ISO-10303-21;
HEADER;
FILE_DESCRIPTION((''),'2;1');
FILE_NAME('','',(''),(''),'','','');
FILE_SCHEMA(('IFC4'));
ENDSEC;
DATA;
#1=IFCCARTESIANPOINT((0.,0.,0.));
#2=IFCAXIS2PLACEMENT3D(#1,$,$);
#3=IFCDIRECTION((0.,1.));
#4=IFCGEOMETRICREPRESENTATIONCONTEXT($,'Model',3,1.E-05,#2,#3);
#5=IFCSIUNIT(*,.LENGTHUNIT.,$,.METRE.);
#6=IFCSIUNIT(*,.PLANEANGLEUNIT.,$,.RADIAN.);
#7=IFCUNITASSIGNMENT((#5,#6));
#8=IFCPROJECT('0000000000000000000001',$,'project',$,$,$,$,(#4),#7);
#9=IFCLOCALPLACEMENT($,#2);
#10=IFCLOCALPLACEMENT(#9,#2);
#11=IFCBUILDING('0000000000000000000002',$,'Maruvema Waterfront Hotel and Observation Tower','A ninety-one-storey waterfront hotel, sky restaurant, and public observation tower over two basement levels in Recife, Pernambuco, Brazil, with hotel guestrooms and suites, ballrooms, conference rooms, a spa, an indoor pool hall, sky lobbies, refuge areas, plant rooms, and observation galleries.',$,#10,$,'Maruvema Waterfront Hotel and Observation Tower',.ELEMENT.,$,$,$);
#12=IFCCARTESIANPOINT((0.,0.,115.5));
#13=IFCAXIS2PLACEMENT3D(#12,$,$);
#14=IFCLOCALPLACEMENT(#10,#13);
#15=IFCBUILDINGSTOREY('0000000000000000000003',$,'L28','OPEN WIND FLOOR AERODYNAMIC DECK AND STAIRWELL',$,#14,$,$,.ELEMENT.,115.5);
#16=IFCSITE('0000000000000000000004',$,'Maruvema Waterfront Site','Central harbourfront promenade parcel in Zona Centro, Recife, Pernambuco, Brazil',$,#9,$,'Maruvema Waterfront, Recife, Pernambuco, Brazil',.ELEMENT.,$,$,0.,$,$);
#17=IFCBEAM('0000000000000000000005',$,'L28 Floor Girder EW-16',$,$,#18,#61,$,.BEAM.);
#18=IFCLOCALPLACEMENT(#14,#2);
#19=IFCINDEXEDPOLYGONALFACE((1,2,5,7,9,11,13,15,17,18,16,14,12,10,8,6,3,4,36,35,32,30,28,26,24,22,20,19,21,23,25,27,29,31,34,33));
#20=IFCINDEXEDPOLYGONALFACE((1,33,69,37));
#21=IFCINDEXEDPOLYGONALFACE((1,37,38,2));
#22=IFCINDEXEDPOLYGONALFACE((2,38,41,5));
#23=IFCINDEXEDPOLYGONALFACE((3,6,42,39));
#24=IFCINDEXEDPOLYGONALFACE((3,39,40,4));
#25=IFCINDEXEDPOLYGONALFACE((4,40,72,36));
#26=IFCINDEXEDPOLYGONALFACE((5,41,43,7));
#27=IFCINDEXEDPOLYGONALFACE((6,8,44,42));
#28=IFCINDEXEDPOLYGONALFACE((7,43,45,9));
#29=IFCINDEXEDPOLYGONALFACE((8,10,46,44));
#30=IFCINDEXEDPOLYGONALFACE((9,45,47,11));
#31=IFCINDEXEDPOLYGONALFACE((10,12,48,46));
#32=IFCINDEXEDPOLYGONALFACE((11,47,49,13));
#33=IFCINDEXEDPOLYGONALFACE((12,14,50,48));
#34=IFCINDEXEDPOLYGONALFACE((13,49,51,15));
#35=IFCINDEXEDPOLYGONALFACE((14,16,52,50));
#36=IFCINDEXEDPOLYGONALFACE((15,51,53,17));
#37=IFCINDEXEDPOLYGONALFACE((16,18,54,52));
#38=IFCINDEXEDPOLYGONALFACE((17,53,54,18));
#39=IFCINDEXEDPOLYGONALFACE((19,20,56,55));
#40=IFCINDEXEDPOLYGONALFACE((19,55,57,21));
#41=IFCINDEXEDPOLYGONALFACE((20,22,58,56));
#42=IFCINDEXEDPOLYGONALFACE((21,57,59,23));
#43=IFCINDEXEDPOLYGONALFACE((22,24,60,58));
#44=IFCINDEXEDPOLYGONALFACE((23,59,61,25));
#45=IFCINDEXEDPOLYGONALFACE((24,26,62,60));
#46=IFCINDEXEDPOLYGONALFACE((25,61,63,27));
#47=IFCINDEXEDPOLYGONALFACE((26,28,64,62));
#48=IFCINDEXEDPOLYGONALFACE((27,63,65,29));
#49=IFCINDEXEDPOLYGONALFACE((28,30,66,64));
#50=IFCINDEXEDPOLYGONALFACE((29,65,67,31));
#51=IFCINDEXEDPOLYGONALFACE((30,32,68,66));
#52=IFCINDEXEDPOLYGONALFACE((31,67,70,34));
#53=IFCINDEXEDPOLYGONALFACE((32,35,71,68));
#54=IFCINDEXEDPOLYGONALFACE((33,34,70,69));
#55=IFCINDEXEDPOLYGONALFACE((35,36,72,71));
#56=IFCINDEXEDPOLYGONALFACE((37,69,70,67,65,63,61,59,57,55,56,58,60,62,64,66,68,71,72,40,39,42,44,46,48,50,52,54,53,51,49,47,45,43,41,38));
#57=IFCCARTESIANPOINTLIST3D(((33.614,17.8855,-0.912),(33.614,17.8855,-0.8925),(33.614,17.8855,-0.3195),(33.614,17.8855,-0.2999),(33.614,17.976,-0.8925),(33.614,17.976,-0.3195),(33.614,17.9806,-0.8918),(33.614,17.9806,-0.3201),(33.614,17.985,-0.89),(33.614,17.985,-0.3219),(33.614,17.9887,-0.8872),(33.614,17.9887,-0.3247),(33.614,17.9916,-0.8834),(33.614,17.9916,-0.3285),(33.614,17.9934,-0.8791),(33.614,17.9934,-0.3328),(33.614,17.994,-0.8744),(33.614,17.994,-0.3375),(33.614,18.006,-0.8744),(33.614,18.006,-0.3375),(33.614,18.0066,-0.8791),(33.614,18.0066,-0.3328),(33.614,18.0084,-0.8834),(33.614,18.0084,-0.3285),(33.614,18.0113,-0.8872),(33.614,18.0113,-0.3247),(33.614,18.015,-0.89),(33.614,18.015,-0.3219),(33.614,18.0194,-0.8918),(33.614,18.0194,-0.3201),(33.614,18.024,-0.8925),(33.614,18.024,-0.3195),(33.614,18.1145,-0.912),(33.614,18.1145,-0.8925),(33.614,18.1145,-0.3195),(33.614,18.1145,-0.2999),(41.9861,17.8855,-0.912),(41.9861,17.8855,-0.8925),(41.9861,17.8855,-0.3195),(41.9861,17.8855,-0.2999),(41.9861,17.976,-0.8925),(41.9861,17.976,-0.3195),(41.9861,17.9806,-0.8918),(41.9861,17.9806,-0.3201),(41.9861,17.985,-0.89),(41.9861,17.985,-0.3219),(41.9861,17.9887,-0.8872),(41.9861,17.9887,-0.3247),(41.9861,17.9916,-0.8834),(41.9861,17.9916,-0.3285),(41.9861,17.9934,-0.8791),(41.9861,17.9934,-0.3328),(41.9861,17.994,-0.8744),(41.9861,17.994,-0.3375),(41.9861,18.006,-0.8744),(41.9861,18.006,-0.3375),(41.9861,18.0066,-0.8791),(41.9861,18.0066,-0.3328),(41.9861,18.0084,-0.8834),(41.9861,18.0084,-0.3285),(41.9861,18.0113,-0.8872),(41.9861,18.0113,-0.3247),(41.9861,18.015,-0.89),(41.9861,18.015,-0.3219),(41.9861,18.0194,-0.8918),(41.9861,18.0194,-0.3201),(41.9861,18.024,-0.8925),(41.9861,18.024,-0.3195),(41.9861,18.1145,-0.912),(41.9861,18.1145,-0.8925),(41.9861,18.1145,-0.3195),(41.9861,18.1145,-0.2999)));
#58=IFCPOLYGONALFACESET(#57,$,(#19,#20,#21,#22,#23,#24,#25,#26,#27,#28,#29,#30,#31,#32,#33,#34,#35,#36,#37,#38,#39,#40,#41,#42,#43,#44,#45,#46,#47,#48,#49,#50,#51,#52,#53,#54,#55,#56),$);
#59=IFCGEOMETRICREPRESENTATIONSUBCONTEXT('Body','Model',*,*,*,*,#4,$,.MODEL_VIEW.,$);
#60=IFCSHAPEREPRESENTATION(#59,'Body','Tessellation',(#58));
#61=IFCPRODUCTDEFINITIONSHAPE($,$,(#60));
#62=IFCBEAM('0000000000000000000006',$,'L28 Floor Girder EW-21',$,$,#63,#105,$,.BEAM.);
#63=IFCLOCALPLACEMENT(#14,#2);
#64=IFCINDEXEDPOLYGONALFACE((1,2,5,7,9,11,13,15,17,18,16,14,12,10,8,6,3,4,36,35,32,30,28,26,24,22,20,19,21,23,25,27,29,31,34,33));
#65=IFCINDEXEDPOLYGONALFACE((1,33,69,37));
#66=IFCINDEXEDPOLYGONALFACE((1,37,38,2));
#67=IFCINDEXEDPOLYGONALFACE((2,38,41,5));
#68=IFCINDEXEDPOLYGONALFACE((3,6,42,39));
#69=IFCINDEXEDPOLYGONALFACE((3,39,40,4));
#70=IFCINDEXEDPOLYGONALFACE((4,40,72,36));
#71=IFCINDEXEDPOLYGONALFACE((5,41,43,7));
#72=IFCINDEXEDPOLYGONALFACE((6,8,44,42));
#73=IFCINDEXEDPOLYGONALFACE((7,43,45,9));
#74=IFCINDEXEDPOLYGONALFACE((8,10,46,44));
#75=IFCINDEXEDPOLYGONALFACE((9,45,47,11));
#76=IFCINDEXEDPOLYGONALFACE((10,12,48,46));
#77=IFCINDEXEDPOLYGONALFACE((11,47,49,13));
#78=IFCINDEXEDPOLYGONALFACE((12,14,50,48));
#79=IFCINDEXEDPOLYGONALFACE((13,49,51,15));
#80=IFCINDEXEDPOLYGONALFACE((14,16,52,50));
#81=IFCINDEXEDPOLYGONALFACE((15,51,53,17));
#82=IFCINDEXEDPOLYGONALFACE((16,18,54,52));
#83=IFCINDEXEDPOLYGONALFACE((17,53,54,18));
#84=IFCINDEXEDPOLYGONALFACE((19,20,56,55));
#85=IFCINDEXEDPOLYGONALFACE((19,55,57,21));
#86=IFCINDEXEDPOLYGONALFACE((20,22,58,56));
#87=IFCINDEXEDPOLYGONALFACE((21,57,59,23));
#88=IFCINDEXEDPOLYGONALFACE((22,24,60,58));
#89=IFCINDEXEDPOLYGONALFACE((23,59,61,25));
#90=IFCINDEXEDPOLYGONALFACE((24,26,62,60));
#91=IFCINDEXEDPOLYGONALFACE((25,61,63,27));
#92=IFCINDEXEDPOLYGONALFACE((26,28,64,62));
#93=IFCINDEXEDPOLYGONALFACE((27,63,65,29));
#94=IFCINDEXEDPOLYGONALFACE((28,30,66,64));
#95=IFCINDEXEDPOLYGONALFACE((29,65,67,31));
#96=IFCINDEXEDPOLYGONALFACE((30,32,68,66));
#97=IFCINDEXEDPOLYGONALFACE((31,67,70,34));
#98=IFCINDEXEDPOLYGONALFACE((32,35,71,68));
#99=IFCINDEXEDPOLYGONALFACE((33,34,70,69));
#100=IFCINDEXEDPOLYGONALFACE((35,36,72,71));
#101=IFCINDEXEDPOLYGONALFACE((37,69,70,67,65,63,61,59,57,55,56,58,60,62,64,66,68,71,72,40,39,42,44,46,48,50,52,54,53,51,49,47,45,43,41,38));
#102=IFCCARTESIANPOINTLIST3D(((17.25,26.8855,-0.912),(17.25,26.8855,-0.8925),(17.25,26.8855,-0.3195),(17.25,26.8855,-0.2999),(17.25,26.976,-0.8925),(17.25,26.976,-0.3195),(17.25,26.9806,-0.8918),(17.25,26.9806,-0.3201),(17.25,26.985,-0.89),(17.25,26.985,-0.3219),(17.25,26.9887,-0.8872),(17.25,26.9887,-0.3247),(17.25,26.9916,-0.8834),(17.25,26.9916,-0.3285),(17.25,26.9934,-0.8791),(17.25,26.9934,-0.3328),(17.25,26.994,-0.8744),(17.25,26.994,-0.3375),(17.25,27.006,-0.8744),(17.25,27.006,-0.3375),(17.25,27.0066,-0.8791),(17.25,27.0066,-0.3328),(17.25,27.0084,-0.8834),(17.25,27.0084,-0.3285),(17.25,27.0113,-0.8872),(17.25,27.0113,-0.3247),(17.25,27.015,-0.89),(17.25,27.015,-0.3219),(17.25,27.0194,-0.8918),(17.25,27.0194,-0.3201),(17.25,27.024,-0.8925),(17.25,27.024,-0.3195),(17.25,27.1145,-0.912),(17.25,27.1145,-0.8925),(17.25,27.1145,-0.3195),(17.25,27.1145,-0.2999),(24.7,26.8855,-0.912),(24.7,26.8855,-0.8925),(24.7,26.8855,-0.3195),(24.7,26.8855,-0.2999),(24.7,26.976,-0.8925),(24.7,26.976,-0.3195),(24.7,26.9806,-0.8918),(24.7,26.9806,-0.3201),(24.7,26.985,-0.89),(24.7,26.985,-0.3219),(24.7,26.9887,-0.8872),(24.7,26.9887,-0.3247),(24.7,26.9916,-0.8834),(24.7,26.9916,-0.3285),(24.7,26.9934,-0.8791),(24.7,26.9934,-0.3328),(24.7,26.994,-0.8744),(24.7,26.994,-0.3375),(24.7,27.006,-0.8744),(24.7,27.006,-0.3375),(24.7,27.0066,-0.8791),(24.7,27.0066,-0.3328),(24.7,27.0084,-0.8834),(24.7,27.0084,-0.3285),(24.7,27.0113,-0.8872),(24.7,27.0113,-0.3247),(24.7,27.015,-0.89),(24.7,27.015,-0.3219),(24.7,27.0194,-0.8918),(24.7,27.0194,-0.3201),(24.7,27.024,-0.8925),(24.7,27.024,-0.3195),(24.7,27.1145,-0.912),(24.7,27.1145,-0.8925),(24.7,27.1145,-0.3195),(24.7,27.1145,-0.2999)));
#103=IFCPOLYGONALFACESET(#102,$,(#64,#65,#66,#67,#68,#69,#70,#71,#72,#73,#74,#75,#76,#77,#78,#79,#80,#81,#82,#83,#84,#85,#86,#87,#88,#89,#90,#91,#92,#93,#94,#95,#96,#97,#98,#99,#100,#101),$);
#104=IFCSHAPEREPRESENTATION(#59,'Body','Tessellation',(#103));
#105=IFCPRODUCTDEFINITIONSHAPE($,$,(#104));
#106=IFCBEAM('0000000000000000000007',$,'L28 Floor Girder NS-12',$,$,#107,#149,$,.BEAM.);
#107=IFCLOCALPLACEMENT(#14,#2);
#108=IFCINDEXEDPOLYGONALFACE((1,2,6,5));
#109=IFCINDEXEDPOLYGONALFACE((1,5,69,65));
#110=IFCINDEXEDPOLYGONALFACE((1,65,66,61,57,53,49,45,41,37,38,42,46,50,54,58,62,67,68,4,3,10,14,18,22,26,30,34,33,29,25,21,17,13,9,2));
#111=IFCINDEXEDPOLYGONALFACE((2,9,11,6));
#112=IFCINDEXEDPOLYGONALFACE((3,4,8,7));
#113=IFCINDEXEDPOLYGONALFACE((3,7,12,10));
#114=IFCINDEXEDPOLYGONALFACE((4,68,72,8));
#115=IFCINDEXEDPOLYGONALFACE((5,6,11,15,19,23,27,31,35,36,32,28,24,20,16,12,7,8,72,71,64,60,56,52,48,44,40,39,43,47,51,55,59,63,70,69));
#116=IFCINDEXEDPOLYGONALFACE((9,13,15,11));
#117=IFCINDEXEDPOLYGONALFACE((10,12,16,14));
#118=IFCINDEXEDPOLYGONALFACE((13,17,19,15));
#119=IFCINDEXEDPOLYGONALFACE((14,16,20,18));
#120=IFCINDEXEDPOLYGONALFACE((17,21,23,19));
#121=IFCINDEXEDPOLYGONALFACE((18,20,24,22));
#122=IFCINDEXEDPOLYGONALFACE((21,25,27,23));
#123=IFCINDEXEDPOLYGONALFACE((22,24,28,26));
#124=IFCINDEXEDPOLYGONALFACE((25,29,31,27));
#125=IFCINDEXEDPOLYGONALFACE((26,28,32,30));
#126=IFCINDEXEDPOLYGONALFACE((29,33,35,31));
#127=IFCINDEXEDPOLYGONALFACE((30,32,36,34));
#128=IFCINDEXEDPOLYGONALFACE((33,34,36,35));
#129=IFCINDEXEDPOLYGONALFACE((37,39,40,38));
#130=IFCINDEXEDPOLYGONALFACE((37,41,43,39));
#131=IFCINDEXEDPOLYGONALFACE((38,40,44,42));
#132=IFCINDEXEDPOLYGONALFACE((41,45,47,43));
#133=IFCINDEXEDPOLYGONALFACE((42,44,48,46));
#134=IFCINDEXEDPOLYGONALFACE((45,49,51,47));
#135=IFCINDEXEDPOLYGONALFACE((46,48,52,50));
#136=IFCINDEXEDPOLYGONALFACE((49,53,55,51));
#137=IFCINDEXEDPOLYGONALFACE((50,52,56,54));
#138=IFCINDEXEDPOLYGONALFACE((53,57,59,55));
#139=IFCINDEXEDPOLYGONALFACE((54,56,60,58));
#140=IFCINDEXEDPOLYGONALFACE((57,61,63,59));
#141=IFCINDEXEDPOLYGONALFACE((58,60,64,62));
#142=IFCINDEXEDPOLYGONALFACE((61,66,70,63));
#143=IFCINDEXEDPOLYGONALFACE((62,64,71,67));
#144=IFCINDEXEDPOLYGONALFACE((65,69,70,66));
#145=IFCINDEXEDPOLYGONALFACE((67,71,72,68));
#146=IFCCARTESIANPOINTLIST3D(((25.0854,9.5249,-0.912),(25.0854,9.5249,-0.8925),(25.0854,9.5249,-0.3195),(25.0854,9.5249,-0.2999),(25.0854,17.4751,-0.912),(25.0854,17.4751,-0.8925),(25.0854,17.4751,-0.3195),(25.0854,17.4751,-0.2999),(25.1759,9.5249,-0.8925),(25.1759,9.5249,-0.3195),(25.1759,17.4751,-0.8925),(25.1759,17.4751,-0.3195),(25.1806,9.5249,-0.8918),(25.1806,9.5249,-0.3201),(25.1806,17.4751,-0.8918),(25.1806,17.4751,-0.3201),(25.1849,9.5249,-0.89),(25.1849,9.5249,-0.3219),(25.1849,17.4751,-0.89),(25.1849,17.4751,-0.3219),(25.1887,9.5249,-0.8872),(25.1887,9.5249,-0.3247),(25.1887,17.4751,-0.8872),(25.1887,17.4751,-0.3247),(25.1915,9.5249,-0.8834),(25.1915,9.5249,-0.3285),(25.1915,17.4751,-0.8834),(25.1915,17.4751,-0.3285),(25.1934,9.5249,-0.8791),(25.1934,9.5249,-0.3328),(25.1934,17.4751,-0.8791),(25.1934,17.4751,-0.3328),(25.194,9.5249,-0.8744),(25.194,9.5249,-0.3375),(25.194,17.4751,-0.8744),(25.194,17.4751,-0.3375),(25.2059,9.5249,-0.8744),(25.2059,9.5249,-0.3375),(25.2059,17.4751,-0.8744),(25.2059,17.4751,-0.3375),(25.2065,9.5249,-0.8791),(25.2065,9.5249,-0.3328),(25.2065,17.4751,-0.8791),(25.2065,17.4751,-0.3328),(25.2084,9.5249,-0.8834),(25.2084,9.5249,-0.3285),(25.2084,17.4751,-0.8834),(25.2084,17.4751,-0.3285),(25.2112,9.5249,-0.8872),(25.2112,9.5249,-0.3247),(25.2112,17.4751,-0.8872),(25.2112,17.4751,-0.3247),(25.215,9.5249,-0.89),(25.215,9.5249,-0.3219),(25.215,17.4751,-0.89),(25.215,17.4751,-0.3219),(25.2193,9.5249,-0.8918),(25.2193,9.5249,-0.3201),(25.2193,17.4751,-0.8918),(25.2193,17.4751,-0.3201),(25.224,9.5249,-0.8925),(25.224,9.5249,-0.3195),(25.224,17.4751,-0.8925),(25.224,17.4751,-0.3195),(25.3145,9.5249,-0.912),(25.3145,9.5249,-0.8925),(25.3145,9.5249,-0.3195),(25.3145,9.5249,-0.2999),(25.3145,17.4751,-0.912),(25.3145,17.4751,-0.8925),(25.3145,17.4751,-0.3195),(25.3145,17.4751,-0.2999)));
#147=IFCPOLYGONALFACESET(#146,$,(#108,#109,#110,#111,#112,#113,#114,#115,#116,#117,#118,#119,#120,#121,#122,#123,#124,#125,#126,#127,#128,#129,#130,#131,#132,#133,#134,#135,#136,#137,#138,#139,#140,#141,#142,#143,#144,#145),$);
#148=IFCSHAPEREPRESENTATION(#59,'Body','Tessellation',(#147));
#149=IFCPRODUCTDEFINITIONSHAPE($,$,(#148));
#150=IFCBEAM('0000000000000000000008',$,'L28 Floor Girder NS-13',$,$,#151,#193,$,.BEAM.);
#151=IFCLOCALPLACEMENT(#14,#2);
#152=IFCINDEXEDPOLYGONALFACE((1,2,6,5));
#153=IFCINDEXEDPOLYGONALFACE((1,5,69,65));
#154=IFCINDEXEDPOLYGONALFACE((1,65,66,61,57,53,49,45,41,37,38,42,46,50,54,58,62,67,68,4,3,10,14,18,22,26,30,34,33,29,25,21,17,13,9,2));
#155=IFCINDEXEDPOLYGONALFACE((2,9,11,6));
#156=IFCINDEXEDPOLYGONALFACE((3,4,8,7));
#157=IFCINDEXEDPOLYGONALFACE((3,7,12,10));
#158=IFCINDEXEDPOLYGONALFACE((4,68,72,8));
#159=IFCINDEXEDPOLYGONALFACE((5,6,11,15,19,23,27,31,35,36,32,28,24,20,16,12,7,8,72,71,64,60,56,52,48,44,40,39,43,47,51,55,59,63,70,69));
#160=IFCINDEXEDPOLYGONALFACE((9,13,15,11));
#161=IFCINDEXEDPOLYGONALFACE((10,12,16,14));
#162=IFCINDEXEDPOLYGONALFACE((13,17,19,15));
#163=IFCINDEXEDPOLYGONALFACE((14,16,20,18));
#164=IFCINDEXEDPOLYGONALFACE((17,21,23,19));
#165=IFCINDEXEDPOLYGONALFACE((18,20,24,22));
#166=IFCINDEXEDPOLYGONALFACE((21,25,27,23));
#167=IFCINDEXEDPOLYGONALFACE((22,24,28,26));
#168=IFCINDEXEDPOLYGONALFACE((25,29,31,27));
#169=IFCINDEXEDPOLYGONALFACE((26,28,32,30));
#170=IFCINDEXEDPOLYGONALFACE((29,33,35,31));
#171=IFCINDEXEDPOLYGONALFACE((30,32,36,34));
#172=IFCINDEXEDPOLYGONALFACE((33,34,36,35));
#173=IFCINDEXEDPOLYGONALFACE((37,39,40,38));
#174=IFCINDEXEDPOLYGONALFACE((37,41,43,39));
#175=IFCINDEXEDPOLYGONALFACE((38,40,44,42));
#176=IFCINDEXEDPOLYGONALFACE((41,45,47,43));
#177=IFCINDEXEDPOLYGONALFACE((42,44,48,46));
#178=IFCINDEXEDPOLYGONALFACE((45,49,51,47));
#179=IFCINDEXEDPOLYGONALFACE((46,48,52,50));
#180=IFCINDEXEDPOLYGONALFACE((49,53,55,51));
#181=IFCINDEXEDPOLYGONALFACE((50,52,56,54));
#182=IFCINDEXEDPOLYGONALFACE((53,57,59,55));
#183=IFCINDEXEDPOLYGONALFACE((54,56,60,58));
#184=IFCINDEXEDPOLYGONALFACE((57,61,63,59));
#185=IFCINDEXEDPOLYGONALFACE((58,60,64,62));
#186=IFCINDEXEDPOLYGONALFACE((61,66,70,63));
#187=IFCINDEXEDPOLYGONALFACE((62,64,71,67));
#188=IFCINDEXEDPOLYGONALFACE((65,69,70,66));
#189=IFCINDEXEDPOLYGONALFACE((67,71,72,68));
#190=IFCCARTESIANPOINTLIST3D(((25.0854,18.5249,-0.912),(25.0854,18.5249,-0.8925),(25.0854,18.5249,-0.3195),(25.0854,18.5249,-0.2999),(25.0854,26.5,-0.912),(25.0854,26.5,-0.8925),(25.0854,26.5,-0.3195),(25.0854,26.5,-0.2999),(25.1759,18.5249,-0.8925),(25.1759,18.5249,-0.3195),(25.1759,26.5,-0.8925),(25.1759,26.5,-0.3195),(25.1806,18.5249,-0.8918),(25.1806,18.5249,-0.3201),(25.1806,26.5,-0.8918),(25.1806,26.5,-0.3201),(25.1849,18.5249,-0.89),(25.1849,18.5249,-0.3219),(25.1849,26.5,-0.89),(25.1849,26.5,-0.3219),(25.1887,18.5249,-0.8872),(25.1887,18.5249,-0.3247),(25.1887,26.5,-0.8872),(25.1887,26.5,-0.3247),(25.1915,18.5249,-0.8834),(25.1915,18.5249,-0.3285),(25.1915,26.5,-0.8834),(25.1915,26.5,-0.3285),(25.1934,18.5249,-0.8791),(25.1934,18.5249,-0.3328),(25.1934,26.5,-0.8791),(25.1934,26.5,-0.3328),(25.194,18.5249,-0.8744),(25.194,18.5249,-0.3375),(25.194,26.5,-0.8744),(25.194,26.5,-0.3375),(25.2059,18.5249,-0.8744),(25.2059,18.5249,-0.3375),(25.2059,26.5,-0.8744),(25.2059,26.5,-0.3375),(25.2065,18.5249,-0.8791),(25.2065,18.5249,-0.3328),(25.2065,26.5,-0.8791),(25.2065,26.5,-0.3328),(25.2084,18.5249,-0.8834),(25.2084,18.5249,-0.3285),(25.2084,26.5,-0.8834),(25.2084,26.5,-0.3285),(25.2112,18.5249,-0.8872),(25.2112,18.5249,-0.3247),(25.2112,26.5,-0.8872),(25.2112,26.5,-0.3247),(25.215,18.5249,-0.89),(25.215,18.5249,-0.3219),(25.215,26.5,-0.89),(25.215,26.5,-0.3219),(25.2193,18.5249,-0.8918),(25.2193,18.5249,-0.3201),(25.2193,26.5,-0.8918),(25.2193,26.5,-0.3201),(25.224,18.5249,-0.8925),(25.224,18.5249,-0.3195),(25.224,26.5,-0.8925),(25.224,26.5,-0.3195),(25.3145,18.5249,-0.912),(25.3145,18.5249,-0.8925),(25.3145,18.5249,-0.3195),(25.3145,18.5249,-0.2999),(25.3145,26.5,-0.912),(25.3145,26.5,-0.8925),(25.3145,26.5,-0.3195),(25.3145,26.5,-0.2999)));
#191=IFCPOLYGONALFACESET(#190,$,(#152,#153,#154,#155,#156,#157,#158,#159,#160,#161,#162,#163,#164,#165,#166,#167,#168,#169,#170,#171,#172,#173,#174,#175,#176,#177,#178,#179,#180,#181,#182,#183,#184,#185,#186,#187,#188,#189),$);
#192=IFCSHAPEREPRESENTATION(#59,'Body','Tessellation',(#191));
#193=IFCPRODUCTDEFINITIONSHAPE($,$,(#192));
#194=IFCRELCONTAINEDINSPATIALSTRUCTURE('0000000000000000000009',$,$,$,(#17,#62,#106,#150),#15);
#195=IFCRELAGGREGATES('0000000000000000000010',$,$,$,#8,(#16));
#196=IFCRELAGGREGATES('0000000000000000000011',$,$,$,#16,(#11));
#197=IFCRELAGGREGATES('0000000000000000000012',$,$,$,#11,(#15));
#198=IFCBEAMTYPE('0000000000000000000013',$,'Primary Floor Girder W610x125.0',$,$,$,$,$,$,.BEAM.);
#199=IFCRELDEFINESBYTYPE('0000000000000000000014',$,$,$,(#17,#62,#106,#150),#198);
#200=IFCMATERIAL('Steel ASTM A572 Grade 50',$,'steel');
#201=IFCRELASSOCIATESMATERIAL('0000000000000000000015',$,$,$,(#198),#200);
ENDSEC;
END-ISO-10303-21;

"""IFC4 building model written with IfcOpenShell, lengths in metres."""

from ifc_helpers import new_model, si_unit, direction, frame, origin, origin_2d, place, context, subcontext, project, spatial, i_section, extrude, material, material_profile, profile_set, type_object, element, save


model = new_model("IFC4")

# Units and contexts
model_context = context("Model", 3, precision=1e-05, world=origin(), true_north=direction((0.0, 1.0)))
body_context = subcontext(model_context, "Body", "Model", "MODEL_VIEW")
ifc_project = project(units=[si_unit("LENGTHUNIT", "METRE"), si_unit("PLANEANGLEUNIT", "RADIAN")], contexts=[model_context])

# Site, building, storey
site_placement = place(None, origin())
site = spatial("IfcSite", under=ifc_project, at=site_placement, Name="Maruvema Waterfront Site", Description="Central harbourfront promenade parcel in Zona Centro, Recife, Pernambuco, Brazil", LongName="Maruvema Waterfront, Recife, Pernambuco, Brazil", CompositionType="ELEMENT", RefElevation=0.0)
building_placement = place(site_placement, origin())
building = spatial("IfcBuilding", under=site, at=building_placement, Name="Maruvema Waterfront Hotel and Observation Tower", Description="A ninety-one-storey waterfront hotel, sky restaurant, and public observation tower over two basement levels in Recife, Pernambuco, Brazil, with hotel guestrooms and suites, ballrooms, conference rooms, a spa, an indoor pool hall, sky lobbies, refuge areas, plant rooms, and observation galleries.", LongName="Maruvema Waterfront Hotel and Observation Tower", CompositionType="ELEMENT")
storey_placement = place(building_placement, frame((0.0, 0.0, 115.5)))
storey = spatial("IfcBuildingStorey", under=building, at=storey_placement, Name="L28", Description="OPEN WIND FLOOR AERODYNAMIC DECK AND STAIRWELL", CompositionType="ELEMENT", Elevation=115.5)

# Beams
ifc_material_1 = material(Name="Steel ASTM A572 Grade 50", Category="steel")
ifc_material_profile_1 = material_profile(ifc_material_1, i_section(OverallWidth=0.229, OverallDepth=0.6121, WebThickness=0.012, FlangeThickness=0.0195, FilletRadius=0.0181, at=origin_2d()), Name="W610x125.0")
ifc_profile_set_1 = profile_set([ifc_material_profile_1], Name="Steel ASTM A572 Grade 50")
beam_type_1 = type_object("IfcBeamType", Name="Primary Floor Girder W610x125.0", PredefinedType="BEAM", material=ifc_profile_set_1)
beam_1_placement = place(storey_placement, frame((33.614, 18.0, -0.606), z_axis=(1.0, 0.0, 0.0), x_axis=(0.0, 1.0, 0.0)))
element("IfcBeam", 1, at=beam_1_placement, inside=storey, type_object=beam_type_1, Name="L28 Floor Girder EW-16", PredefinedType="BEAM", context=body_context, shape_type="SweptSolid", body=[
    extrude(i_section(OverallWidth=0.229, OverallDepth=0.6121, WebThickness=0.012, FlangeThickness=0.0195, FilletRadius=0.0181, at=origin_2d()), origin(), (0.0, 0.0, 1.0), 8.3721),
])
beam_2_placement = place(storey_placement, frame((17.25, 27.0, -0.606), z_axis=(1.0, 0.0, 0.0), x_axis=(0.0, 1.0, 0.0)))
element("IfcBeam", 2, at=beam_2_placement, inside=storey, type_object=beam_type_1, Name="L28 Floor Girder EW-21", PredefinedType="BEAM", context=body_context, shape_type="SweptSolid", body=[
    extrude(i_section(OverallWidth=0.229, OverallDepth=0.6121, WebThickness=0.012, FlangeThickness=0.0195, FilletRadius=0.0181, at=origin_2d()), origin(), (0.0, 0.0, 1.0), 7.45),
])
beam_3_placement = place(storey_placement, frame((25.2, 9.5249, -0.606), z_axis=(0.0, 1.0, 0.0), x_axis=(-1.0, 0.0, 0.0)))
element("IfcBeam", 3, at=beam_3_placement, inside=storey, type_object=beam_type_1, Name="L28 Floor Girder NS-12", PredefinedType="BEAM", context=body_context, shape_type="SweptSolid", body=[
    extrude(i_section(OverallWidth=0.229, OverallDepth=0.6121, WebThickness=0.012, FlangeThickness=0.0195, FilletRadius=0.0181, at=origin_2d()), origin(), (0.0, 0.0, 1.0), 7.9502),
])
for number, where, z_axis, x_axis, name in (
    (4, (25.2, 18.5249, -0.606), (0.0, 1.0, 0.0), (-1.0, 0.0, 0.0), "L28 Floor Girder NS-13"),
):
    element("IfcBeam", number, at=place(storey_placement, frame(where, z_axis=z_axis, x_axis=x_axis)), inside=storey, type_object=beam_type_1, Name=name, PredefinedType="BEAM", context=body_context, shape_type="SweptSolid", body=[
        extrude(i_section(OverallWidth=0.229, OverallDepth=0.6121, WebThickness=0.012, FlangeThickness=0.0195, FilletRadius=0.0181, at=origin_2d()), origin(), (0.0, 0.0, 1.0), 7.9751),
    ])

save(model, "model.ifc")
